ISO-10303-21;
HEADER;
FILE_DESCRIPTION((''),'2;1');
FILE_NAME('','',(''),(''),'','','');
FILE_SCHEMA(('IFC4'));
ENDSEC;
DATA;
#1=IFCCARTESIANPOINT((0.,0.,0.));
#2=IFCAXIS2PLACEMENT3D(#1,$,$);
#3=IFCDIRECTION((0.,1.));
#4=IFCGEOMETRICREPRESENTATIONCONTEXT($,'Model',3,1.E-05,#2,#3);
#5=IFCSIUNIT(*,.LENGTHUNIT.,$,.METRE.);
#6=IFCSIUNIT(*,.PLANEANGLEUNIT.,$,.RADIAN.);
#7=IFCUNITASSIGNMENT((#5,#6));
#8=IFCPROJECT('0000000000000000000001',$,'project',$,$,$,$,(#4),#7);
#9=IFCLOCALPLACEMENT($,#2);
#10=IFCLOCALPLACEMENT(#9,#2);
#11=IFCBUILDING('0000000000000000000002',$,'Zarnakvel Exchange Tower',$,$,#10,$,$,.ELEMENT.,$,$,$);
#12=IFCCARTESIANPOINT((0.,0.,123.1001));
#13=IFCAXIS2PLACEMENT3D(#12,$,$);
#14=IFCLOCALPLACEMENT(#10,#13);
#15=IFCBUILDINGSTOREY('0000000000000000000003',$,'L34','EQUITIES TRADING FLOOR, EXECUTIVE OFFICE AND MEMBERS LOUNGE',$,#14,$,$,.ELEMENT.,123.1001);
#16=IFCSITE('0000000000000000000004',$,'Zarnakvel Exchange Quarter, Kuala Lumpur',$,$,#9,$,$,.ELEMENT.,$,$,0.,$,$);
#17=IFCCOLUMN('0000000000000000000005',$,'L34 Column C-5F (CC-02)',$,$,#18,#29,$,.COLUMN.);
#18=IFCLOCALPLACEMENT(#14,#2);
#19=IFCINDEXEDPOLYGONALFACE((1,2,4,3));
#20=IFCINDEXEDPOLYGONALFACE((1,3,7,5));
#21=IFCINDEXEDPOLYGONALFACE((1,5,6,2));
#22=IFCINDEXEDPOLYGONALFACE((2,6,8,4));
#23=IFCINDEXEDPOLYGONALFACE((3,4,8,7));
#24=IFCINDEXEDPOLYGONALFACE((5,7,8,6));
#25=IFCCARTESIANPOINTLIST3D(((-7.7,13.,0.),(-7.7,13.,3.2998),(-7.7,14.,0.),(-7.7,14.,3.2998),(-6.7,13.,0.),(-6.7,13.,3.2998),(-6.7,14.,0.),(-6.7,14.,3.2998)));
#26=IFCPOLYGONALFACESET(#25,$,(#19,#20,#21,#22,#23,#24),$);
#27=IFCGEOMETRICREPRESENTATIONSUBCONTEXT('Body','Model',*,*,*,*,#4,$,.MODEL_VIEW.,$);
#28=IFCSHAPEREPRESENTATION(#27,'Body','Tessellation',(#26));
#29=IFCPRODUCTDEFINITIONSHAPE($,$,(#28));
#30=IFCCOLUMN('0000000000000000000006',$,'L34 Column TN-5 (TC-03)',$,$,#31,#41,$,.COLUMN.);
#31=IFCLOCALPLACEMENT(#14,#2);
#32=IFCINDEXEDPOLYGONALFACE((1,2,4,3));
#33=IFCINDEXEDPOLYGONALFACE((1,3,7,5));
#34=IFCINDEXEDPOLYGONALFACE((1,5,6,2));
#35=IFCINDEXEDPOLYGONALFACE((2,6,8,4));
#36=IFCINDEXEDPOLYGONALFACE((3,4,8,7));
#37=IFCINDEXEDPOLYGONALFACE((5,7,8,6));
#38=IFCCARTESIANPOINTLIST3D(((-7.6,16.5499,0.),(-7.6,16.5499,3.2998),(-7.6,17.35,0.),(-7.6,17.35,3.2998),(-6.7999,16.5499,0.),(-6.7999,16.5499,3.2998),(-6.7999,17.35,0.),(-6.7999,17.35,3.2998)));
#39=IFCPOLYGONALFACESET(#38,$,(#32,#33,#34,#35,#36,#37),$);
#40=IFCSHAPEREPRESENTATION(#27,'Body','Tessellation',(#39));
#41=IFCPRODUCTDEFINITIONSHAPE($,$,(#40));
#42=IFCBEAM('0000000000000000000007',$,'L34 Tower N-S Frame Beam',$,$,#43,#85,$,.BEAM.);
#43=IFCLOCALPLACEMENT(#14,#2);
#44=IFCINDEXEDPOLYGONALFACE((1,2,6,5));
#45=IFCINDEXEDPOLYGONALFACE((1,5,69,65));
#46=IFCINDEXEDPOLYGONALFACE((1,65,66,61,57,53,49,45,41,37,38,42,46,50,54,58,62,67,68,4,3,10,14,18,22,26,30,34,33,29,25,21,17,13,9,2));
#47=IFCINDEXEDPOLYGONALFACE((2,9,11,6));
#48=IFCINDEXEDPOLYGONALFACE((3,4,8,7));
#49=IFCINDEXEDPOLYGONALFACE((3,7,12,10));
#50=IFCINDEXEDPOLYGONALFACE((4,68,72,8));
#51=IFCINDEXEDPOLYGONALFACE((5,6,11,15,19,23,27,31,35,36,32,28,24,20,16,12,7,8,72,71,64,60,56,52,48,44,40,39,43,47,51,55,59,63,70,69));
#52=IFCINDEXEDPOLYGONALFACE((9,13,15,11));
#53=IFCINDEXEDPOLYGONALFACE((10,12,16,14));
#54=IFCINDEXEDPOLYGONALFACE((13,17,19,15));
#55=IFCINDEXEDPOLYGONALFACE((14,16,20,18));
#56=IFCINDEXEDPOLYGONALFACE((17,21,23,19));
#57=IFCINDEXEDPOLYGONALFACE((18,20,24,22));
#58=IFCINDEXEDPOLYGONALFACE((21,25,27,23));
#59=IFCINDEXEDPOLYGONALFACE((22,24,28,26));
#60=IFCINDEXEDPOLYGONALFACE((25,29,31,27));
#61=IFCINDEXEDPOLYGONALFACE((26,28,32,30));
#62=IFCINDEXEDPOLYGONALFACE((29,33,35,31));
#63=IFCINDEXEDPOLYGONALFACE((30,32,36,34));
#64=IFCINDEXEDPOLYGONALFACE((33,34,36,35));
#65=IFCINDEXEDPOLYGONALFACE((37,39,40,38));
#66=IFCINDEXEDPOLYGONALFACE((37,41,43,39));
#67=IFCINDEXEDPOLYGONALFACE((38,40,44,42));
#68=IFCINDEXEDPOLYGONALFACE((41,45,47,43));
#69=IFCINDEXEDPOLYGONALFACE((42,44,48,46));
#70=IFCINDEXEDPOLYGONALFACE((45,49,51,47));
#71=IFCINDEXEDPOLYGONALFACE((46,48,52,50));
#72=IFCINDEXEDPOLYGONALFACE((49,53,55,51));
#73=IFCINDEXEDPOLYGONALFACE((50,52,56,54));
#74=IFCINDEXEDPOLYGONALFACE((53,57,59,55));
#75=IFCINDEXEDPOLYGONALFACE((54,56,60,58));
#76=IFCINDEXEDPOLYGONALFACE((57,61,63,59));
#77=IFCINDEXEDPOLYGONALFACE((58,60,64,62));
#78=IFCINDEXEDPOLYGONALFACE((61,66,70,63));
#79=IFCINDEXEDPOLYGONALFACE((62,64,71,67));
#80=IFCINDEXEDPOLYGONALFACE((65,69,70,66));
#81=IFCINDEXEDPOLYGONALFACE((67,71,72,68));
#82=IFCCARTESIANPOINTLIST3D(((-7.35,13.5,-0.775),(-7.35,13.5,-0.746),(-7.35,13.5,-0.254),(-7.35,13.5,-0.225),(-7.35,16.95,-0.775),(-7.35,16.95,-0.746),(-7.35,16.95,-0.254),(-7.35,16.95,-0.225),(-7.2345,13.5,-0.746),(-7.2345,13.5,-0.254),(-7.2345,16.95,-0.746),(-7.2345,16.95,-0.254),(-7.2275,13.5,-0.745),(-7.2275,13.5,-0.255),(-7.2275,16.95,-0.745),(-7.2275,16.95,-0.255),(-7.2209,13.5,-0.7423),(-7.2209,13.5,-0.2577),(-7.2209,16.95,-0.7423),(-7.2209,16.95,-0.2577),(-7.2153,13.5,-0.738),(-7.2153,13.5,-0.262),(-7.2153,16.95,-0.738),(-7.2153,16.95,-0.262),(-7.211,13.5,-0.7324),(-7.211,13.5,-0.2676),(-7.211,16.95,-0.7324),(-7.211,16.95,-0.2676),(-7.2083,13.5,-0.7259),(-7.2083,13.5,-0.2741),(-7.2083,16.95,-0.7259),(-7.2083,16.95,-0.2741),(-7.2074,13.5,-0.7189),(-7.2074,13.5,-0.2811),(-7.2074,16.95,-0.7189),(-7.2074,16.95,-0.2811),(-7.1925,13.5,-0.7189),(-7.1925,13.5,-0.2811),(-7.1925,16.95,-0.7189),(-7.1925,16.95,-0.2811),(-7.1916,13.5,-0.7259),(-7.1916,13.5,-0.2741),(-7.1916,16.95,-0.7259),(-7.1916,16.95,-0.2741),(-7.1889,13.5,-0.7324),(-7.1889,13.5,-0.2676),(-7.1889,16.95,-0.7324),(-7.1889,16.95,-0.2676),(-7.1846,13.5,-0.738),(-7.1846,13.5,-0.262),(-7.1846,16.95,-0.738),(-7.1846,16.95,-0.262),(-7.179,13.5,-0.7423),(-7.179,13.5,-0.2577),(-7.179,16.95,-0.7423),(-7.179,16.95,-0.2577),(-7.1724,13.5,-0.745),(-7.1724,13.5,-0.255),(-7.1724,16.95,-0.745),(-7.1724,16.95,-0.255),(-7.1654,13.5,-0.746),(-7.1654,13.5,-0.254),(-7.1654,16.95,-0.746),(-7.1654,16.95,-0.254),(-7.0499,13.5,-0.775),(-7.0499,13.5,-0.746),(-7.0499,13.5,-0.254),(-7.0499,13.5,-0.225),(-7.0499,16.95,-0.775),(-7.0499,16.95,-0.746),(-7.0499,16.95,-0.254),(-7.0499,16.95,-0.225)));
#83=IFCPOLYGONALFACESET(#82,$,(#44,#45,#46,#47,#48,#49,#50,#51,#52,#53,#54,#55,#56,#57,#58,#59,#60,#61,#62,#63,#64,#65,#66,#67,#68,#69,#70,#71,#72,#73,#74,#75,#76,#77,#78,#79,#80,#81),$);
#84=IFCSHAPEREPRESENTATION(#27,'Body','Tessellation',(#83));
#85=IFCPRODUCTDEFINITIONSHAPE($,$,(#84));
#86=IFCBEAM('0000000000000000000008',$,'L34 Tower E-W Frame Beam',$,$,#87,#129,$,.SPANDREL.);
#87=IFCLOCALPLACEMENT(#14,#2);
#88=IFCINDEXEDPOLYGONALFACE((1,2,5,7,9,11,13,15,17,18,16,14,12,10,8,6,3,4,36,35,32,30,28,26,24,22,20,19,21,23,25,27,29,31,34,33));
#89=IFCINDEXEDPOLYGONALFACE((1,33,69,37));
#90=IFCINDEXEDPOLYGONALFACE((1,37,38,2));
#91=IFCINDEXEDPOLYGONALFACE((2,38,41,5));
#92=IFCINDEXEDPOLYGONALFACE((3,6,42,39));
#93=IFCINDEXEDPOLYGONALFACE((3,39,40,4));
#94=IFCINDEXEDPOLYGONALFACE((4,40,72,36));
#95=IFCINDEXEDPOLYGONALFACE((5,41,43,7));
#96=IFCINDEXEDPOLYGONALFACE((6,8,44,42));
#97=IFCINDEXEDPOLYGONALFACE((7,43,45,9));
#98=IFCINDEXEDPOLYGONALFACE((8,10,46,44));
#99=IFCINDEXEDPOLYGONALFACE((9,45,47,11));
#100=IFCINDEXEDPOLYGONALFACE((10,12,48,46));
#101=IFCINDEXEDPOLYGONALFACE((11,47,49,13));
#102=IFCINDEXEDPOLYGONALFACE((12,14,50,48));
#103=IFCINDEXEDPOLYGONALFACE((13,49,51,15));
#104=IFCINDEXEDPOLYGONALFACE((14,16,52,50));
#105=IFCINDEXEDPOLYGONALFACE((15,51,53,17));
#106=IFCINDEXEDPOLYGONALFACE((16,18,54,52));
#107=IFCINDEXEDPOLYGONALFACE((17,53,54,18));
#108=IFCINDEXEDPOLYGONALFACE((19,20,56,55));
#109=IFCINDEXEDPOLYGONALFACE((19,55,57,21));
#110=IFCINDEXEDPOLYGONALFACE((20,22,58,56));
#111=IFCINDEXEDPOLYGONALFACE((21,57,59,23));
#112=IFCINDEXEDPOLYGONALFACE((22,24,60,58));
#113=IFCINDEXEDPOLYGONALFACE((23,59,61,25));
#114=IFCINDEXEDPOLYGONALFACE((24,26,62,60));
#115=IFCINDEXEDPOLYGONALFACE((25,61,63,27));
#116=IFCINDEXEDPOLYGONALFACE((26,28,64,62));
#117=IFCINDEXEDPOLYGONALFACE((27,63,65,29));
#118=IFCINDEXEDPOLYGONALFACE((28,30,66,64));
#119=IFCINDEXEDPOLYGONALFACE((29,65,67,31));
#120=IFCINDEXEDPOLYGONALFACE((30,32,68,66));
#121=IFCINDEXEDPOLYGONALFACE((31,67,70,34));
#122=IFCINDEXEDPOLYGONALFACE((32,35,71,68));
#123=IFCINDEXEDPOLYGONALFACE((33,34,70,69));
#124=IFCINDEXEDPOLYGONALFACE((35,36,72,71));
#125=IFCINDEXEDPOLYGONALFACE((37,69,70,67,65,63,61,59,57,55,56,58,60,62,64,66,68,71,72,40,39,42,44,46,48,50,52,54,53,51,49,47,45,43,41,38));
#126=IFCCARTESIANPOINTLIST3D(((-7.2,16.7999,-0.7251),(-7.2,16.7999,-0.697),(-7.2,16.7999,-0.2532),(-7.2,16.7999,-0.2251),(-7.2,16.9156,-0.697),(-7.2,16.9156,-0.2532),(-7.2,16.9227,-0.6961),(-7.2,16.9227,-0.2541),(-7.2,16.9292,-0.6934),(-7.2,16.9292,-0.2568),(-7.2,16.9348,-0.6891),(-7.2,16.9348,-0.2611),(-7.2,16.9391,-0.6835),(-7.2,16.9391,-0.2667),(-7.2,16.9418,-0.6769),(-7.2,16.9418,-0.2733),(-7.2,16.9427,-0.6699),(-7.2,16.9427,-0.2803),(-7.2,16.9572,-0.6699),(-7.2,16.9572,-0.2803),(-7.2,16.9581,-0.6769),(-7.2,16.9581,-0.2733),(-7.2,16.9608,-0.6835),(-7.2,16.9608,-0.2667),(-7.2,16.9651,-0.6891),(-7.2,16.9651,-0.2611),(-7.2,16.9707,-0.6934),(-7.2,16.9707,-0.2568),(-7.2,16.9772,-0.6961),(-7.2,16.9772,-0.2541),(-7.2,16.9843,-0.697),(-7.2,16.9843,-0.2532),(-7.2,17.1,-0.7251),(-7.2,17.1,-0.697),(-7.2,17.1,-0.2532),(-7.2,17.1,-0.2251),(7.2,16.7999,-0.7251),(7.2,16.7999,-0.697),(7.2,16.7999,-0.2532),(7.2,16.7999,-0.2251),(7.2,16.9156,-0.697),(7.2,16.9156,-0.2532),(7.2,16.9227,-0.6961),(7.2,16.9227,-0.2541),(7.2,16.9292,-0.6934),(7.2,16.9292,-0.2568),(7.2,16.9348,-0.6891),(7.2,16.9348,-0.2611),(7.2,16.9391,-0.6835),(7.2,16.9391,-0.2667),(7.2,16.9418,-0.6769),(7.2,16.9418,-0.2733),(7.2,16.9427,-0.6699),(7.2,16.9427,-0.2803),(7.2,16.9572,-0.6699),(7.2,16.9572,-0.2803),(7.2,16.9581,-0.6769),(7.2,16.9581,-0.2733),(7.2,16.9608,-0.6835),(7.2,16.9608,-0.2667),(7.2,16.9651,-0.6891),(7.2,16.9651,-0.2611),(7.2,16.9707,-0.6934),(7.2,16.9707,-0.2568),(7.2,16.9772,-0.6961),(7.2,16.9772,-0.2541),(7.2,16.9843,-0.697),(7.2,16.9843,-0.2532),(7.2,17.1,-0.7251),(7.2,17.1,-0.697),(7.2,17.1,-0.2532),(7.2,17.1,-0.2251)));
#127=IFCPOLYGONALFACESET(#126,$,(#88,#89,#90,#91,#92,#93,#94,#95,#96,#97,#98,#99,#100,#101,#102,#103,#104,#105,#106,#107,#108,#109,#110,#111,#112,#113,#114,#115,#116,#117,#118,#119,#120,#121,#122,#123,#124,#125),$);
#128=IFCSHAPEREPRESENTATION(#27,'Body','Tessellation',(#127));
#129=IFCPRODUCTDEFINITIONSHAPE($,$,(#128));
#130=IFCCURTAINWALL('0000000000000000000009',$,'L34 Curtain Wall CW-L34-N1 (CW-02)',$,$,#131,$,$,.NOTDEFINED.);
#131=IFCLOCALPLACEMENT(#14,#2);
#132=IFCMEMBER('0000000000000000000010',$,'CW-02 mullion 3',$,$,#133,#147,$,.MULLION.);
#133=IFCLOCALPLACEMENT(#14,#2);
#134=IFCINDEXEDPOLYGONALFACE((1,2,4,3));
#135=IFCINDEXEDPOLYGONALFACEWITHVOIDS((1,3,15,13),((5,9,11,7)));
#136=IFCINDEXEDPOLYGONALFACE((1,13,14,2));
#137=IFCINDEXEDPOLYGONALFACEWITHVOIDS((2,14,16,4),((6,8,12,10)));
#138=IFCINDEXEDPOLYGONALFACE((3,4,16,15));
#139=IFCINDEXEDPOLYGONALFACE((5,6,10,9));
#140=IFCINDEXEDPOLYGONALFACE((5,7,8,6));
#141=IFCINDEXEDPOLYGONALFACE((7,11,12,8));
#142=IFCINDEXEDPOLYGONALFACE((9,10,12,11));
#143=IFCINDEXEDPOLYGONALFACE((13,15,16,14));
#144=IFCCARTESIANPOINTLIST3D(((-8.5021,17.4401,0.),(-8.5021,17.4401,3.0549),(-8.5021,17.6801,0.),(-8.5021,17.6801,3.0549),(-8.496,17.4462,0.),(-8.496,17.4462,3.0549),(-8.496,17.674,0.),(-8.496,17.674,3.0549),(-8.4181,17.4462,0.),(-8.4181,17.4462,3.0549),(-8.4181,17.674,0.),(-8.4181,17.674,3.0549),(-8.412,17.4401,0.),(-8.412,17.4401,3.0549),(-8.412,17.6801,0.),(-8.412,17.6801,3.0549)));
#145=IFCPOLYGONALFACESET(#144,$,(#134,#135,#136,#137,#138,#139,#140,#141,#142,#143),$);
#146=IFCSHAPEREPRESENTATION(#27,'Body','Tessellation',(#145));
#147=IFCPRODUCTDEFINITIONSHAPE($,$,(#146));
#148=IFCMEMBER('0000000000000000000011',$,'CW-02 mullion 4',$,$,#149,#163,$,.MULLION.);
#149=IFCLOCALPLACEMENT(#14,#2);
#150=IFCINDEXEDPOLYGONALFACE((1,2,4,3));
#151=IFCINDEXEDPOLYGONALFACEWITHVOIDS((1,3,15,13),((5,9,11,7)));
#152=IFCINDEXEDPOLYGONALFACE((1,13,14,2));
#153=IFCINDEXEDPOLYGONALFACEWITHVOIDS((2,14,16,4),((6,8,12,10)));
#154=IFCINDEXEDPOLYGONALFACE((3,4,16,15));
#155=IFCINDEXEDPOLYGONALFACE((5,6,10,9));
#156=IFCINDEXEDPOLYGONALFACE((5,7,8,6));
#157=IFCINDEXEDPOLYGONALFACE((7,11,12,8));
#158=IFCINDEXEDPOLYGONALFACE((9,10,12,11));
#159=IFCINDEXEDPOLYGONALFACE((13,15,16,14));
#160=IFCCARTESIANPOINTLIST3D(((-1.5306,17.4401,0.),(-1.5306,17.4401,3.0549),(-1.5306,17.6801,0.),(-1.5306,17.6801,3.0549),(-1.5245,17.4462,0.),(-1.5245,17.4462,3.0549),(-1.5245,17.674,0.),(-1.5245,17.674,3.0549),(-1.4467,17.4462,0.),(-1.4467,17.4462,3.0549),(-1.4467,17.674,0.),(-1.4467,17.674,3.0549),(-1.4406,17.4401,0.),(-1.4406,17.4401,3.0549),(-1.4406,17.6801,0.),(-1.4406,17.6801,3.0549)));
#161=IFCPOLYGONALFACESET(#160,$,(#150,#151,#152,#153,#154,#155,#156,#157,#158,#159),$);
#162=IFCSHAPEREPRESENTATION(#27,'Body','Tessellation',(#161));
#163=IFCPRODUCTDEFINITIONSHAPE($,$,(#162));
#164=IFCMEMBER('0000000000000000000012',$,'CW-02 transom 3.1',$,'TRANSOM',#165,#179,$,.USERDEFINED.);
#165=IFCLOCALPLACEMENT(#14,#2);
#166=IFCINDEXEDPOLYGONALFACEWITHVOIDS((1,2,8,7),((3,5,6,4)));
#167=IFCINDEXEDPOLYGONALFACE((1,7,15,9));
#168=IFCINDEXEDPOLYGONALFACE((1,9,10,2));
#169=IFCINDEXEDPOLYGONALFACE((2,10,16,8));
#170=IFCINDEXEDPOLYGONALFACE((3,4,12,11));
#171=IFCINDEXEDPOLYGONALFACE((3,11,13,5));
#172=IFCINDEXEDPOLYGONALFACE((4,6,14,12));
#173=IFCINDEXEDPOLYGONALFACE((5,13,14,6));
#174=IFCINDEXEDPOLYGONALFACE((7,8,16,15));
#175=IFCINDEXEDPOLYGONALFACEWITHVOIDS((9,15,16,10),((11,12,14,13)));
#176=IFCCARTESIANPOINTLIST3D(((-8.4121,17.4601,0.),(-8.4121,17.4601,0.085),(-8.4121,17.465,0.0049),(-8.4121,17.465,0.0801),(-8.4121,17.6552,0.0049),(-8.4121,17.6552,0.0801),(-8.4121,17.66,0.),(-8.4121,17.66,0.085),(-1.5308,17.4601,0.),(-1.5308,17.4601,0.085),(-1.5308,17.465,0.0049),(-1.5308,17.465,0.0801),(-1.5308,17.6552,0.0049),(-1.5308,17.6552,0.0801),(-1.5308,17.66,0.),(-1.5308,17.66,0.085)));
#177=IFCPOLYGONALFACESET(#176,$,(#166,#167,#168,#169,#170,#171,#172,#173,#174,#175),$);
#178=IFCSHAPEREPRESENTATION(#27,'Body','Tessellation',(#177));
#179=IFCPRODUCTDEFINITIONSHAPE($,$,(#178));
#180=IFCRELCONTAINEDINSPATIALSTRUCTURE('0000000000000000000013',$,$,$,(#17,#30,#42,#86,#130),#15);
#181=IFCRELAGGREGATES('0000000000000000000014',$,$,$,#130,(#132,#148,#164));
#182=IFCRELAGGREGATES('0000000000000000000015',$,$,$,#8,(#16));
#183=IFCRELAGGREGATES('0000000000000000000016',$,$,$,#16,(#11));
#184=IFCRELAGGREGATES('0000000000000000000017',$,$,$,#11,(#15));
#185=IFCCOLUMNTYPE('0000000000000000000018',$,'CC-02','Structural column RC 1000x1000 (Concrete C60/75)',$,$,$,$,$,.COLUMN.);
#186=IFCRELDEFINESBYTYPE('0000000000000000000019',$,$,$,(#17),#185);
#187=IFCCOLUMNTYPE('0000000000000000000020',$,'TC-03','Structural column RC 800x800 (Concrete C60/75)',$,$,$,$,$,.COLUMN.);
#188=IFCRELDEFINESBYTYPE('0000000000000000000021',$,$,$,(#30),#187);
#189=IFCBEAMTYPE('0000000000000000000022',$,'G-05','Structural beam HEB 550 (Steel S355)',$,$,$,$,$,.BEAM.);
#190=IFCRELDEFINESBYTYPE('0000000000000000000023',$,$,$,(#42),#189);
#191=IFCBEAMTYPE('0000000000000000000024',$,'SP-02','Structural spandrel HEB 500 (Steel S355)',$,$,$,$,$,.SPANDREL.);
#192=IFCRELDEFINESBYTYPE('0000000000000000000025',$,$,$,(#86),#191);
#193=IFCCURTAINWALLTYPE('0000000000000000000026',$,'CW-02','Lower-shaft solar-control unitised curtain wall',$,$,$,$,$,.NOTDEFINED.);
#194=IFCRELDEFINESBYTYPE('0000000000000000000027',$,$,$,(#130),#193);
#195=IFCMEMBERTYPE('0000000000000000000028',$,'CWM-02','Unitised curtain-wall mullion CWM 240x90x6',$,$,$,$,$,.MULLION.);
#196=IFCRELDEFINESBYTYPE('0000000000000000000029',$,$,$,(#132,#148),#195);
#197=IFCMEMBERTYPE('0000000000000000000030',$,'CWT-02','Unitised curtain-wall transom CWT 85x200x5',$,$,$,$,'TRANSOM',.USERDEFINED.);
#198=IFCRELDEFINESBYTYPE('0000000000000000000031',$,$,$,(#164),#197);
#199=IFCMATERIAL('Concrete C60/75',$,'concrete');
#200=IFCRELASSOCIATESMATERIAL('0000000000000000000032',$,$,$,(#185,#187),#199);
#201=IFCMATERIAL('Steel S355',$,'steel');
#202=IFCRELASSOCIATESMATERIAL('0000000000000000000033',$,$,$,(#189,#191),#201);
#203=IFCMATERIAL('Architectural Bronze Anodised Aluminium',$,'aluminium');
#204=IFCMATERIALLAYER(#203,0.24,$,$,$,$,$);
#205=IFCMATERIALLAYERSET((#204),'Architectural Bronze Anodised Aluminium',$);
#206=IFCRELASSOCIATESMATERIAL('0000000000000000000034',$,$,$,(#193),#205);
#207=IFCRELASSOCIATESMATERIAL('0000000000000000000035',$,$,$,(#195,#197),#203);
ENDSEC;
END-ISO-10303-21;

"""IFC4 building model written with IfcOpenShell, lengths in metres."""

from ifc_helpers import new_model, si_unit, direction, frame, origin, origin_2d, place, context, subcontext, project, spatial, rectangle, hollow_rectangle, i_section, extrude, source, transform, mapped, material, layer, layer_set, material_profile, profile_set, type_object, element, aggregate, save


model = new_model("IFC4")

# Units and contexts
model_context = context("Model", 3, precision=1e-05, world=origin(), true_north=direction((0.0, 1.0)))
body_context = subcontext(model_context, "Body", "Model", "MODEL_VIEW")
ifc_project = project(units=[si_unit("LENGTHUNIT", "METRE"), si_unit("PLANEANGLEUNIT", "RADIAN")], contexts=[model_context])

# Site, building, storey
site_placement = place(None, origin())
site = spatial("IfcSite", under=ifc_project, at=site_placement, Name="Zarnakvel Exchange Quarter, Kuala Lumpur", CompositionType="ELEMENT", RefElevation=0.0)
building_placement = place(site_placement, origin())
building = spatial("IfcBuilding", under=site, at=building_placement, Name="Zarnakvel Exchange Tower", CompositionType="ELEMENT")
storey_placement = place(building_placement, frame((0.0, 0.0, 123.1001)))
storey = spatial("IfcBuildingStorey", under=building, at=storey_placement, Name="L34", Description="EQUITIES TRADING FLOOR, EXECUTIVE OFFICE AND MEMBERS LOUNGE", CompositionType="ELEMENT", Elevation=123.1001)

# Columns
ifc_material_1 = material(Name="Concrete C60/75", Category="concrete")
ifc_material_profile_1 = material_profile(ifc_material_1, rectangle(XDim=1.0, YDim=1.0, at=origin_2d()))
ifc_profile_set_1 = profile_set([ifc_material_profile_1], Name="Concrete C60/75")
column_type_1 = type_object("IfcColumnType", Name="CC-02", Description="Structural column RC 1000x1000 (Concrete C60/75)", PredefinedType="COLUMN", material=ifc_profile_set_1)
column_1_placement = place(storey_placement, frame((-7.2, 13.5, 0.0), z_axis=(0.0, 0.0, 1.0), x_axis=(1.0, 0.0, 0.0)))
element("IfcColumn", 1, at=column_1_placement, inside=storey, type_object=column_type_1, Name="L34 Column C-5F (CC-02)", PredefinedType="COLUMN", context=body_context, shape_type="SweptSolid", body=[
    extrude(rectangle(XDim=1.0, YDim=1.0, at=origin_2d()), origin(), (0.0, 0.0, 1.0), 3.2998),
])
ifc_material_profile_2 = material_profile(ifc_material_1, rectangle(XDim=0.8, YDim=0.8, at=origin_2d()))
ifc_profile_set_2 = profile_set([ifc_material_profile_2], Name="Concrete C60/75")
column_type_2 = type_object("IfcColumnType", Name="TC-03", Description="Structural column RC 800x800 (Concrete C60/75)", PredefinedType="COLUMN", material=ifc_profile_set_2)
column_2_placement = place(storey_placement, frame((-7.2, 16.95, 0.0), z_axis=(0.0, 0.0, 1.0), x_axis=(1.0, 0.0, 0.0)))
element("IfcColumn", 2, at=column_2_placement, inside=storey, type_object=column_type_2, Name="L34 Column TN-5 (TC-03)", PredefinedType="COLUMN", context=body_context, shape_type="SweptSolid", body=[
    extrude(rectangle(XDim=0.8, YDim=0.8, at=origin_2d()), origin(), (0.0, 0.0, 1.0), 3.2998),
])

# Beams
ifc_material_2 = material(Name="Steel S355", Category="steel")
ifc_material_profile_3 = material_profile(ifc_material_2, i_section(OverallWidth=0.3, OverallDepth=0.55, WebThickness=0.0149, FlangeThickness=0.0291, FilletRadius=0.0271, at=origin_2d()))
ifc_profile_set_3 = profile_set([ifc_material_profile_3], Name="Steel S355")
beam_type_1 = type_object("IfcBeamType", Name="G-05", Description="Structural beam HEB 550 (Steel S355)", PredefinedType="BEAM", material=ifc_profile_set_3)
beam_1_placement = place(storey_placement, frame((-7.2, 13.5, -0.5), z_axis=(0.0, 1.0, 0.0), x_axis=(-1.0, 0.0, 0.0)))
element("IfcBeam", 3, at=beam_1_placement, inside=storey, type_object=beam_type_1, Name="L34 Tower N-S Frame Beam", PredefinedType="BEAM", context=body_context, shape_type="SweptSolid", body=[
    extrude(i_section(OverallWidth=0.3, OverallDepth=0.55, WebThickness=0.0149, FlangeThickness=0.0291, FilletRadius=0.0271, at=origin_2d()), origin(), (0.0, 0.0, 1.0), 3.45),
])
ifc_material_profile_4 = material_profile(ifc_material_2, i_section(OverallWidth=0.3, OverallDepth=0.5, WebThickness=0.0144, FlangeThickness=0.0281, FilletRadius=0.0271, at=origin_2d()))
ifc_profile_set_4 = profile_set([ifc_material_profile_4], Name="Steel S355")
beam_type_2 = type_object("IfcBeamType", Name="SP-02", Description="Structural spandrel HEB 500 (Steel S355)", PredefinedType="SPANDREL", material=ifc_profile_set_4)
beam_2_placement = place(storey_placement, frame((-7.2, 16.95, -0.4751), z_axis=(1.0, 0.0, 0.0), x_axis=(0.0, 1.0, 0.0)))
element("IfcBeam", 4, at=beam_2_placement, inside=storey, type_object=beam_type_2, Name="L34 Tower E-W Frame Beam", PredefinedType="SPANDREL", context=body_context, shape_type="SweptSolid", body=[
    extrude(i_section(OverallWidth=0.3, OverallDepth=0.5, WebThickness=0.0144, FlangeThickness=0.0281, FilletRadius=0.0271, at=origin_2d()), origin(), (0.0, 0.0, 1.0), 14.3999),
])

# Curtain wall, members
ifc_material_3 = material(Name="Architectural Bronze Anodised Aluminium", Category="aluminium")
ifc_layer_1 = layer(ifc_material_3, 0.24)
ifc_layer_set_1 = layer_set([ifc_layer_1], Name="Architectural Bronze Anodised Aluminium")
curtain_wall_type = type_object("IfcCurtainWallType", Name="CW-02", Description="Lower-shaft solar-control unitised curtain wall", PredefinedType="NOTDEFINED", material=ifc_layer_set_1)
curtain_wall_placement = place(storey_placement, origin())
curtain_wall = element("IfcCurtainWall", 5, at=curtain_wall_placement, inside=storey, type_object=curtain_wall_type, Name="L34 Curtain Wall CW-L34-N1 (CW-02)", PredefinedType="NOTDEFINED")
ifc_material_profile_5 = material_profile(ifc_material_3, hollow_rectangle(XDim=0.24, YDim=0.0901, WallThickness=0.0061, at=origin_2d()))
ifc_profile_set_5 = profile_set([ifc_material_profile_5], Name="Architectural Bronze Anodised Aluminium")
member_type_1 = type_object("IfcMemberType", Name="CWM-02", Description="Unitised curtain-wall mullion CWM 240x90x6", PredefinedType="MULLION", material=ifc_profile_set_5)
shared_shape_1 = source(origin(), body_context, "Body", "SweptSolid", [
    extrude(hollow_rectangle(XDim=0.24, YDim=0.0901, WallThickness=0.0061, at=origin_2d()), origin(), (0.0, 0.0, 1.0), 3.0549),
])
member_1_placement = place(storey_placement, frame((-8.457, 17.5601, 0.0), z_axis=(0.0, 0.0, 1.0), x_axis=(0.0, 1.0, 0.0)))
member_1 = element("IfcMember", 6, at=member_1_placement, type_object=member_type_1, Name="CW-02 mullion 3", PredefinedType="MULLION", context=body_context, shape_type="MappedRepresentation", body=[
    mapped(shared_shape_1, transform((0.0, 0.0, 0.0), x_axis=(1.0, 0.0, 0.0), y_axis=(0.0, 1.0, 0.0), z_axis=(0.0, 0.0, 1.0), scale=1.0)),
])
member_2_placement = place(storey_placement, frame((-1.4856, 17.5601, 0.0), z_axis=(0.0, 0.0, 1.0), x_axis=(0.0, 1.0, 0.0)))
member_2 = element("IfcMember", 7, at=member_2_placement, type_object=member_type_1, Name="CW-02 mullion 4", PredefinedType="MULLION", context=body_context, shape_type="MappedRepresentation", body=[
    mapped(shared_shape_1, transform((0.0, 0.0, 0.0), x_axis=(1.0, 0.0, 0.0), y_axis=(0.0, 1.0, 0.0), z_axis=(0.0, 0.0, 1.0), scale=1.0)),
])
ifc_material_profile_6 = material_profile(ifc_material_3, hollow_rectangle(XDim=0.2, YDim=0.085, WallThickness=0.0049, at=origin_2d()))
ifc_profile_set_6 = profile_set([ifc_material_profile_6], Name="Architectural Bronze Anodised Aluminium")
member_type_2 = type_object("IfcMemberType", Name="CWT-02", Description="Unitised curtain-wall transom CWT 85x200x5", ElementType="TRANSOM", PredefinedType="USERDEFINED", material=ifc_profile_set_6)
shared_shape_2 = source(origin(), body_context, "Body", "SweptSolid", [
    extrude(hollow_rectangle(XDim=0.2, YDim=0.085, WallThickness=0.0049, at=origin_2d()), origin(), (0.0, 0.0, 1.0), 6.8813),
])
member_3_placement = place(storey_placement, frame((-8.4121, 17.5601, 0.0425), z_axis=(1.0, 0.0, 0.0), x_axis=(0.0, 1.0, 0.0)))
member_3 = element("IfcMember", 8, at=member_3_placement, type_object=member_type_2, Name="CW-02 transom 3.1", ObjectType="TRANSOM", PredefinedType="USERDEFINED", context=body_context, shape_type="MappedRepresentation", body=[
    mapped(shared_shape_2, transform((0.0, 0.0, 0.0), x_axis=(1.0, 0.0, 0.0), y_axis=(0.0, 1.0, 0.0), z_axis=(0.0, 0.0, 1.0), scale=1.0)),
])
aggregate(curtain_wall, [member_1, member_2, member_3])

save(model, "model.ifc")
